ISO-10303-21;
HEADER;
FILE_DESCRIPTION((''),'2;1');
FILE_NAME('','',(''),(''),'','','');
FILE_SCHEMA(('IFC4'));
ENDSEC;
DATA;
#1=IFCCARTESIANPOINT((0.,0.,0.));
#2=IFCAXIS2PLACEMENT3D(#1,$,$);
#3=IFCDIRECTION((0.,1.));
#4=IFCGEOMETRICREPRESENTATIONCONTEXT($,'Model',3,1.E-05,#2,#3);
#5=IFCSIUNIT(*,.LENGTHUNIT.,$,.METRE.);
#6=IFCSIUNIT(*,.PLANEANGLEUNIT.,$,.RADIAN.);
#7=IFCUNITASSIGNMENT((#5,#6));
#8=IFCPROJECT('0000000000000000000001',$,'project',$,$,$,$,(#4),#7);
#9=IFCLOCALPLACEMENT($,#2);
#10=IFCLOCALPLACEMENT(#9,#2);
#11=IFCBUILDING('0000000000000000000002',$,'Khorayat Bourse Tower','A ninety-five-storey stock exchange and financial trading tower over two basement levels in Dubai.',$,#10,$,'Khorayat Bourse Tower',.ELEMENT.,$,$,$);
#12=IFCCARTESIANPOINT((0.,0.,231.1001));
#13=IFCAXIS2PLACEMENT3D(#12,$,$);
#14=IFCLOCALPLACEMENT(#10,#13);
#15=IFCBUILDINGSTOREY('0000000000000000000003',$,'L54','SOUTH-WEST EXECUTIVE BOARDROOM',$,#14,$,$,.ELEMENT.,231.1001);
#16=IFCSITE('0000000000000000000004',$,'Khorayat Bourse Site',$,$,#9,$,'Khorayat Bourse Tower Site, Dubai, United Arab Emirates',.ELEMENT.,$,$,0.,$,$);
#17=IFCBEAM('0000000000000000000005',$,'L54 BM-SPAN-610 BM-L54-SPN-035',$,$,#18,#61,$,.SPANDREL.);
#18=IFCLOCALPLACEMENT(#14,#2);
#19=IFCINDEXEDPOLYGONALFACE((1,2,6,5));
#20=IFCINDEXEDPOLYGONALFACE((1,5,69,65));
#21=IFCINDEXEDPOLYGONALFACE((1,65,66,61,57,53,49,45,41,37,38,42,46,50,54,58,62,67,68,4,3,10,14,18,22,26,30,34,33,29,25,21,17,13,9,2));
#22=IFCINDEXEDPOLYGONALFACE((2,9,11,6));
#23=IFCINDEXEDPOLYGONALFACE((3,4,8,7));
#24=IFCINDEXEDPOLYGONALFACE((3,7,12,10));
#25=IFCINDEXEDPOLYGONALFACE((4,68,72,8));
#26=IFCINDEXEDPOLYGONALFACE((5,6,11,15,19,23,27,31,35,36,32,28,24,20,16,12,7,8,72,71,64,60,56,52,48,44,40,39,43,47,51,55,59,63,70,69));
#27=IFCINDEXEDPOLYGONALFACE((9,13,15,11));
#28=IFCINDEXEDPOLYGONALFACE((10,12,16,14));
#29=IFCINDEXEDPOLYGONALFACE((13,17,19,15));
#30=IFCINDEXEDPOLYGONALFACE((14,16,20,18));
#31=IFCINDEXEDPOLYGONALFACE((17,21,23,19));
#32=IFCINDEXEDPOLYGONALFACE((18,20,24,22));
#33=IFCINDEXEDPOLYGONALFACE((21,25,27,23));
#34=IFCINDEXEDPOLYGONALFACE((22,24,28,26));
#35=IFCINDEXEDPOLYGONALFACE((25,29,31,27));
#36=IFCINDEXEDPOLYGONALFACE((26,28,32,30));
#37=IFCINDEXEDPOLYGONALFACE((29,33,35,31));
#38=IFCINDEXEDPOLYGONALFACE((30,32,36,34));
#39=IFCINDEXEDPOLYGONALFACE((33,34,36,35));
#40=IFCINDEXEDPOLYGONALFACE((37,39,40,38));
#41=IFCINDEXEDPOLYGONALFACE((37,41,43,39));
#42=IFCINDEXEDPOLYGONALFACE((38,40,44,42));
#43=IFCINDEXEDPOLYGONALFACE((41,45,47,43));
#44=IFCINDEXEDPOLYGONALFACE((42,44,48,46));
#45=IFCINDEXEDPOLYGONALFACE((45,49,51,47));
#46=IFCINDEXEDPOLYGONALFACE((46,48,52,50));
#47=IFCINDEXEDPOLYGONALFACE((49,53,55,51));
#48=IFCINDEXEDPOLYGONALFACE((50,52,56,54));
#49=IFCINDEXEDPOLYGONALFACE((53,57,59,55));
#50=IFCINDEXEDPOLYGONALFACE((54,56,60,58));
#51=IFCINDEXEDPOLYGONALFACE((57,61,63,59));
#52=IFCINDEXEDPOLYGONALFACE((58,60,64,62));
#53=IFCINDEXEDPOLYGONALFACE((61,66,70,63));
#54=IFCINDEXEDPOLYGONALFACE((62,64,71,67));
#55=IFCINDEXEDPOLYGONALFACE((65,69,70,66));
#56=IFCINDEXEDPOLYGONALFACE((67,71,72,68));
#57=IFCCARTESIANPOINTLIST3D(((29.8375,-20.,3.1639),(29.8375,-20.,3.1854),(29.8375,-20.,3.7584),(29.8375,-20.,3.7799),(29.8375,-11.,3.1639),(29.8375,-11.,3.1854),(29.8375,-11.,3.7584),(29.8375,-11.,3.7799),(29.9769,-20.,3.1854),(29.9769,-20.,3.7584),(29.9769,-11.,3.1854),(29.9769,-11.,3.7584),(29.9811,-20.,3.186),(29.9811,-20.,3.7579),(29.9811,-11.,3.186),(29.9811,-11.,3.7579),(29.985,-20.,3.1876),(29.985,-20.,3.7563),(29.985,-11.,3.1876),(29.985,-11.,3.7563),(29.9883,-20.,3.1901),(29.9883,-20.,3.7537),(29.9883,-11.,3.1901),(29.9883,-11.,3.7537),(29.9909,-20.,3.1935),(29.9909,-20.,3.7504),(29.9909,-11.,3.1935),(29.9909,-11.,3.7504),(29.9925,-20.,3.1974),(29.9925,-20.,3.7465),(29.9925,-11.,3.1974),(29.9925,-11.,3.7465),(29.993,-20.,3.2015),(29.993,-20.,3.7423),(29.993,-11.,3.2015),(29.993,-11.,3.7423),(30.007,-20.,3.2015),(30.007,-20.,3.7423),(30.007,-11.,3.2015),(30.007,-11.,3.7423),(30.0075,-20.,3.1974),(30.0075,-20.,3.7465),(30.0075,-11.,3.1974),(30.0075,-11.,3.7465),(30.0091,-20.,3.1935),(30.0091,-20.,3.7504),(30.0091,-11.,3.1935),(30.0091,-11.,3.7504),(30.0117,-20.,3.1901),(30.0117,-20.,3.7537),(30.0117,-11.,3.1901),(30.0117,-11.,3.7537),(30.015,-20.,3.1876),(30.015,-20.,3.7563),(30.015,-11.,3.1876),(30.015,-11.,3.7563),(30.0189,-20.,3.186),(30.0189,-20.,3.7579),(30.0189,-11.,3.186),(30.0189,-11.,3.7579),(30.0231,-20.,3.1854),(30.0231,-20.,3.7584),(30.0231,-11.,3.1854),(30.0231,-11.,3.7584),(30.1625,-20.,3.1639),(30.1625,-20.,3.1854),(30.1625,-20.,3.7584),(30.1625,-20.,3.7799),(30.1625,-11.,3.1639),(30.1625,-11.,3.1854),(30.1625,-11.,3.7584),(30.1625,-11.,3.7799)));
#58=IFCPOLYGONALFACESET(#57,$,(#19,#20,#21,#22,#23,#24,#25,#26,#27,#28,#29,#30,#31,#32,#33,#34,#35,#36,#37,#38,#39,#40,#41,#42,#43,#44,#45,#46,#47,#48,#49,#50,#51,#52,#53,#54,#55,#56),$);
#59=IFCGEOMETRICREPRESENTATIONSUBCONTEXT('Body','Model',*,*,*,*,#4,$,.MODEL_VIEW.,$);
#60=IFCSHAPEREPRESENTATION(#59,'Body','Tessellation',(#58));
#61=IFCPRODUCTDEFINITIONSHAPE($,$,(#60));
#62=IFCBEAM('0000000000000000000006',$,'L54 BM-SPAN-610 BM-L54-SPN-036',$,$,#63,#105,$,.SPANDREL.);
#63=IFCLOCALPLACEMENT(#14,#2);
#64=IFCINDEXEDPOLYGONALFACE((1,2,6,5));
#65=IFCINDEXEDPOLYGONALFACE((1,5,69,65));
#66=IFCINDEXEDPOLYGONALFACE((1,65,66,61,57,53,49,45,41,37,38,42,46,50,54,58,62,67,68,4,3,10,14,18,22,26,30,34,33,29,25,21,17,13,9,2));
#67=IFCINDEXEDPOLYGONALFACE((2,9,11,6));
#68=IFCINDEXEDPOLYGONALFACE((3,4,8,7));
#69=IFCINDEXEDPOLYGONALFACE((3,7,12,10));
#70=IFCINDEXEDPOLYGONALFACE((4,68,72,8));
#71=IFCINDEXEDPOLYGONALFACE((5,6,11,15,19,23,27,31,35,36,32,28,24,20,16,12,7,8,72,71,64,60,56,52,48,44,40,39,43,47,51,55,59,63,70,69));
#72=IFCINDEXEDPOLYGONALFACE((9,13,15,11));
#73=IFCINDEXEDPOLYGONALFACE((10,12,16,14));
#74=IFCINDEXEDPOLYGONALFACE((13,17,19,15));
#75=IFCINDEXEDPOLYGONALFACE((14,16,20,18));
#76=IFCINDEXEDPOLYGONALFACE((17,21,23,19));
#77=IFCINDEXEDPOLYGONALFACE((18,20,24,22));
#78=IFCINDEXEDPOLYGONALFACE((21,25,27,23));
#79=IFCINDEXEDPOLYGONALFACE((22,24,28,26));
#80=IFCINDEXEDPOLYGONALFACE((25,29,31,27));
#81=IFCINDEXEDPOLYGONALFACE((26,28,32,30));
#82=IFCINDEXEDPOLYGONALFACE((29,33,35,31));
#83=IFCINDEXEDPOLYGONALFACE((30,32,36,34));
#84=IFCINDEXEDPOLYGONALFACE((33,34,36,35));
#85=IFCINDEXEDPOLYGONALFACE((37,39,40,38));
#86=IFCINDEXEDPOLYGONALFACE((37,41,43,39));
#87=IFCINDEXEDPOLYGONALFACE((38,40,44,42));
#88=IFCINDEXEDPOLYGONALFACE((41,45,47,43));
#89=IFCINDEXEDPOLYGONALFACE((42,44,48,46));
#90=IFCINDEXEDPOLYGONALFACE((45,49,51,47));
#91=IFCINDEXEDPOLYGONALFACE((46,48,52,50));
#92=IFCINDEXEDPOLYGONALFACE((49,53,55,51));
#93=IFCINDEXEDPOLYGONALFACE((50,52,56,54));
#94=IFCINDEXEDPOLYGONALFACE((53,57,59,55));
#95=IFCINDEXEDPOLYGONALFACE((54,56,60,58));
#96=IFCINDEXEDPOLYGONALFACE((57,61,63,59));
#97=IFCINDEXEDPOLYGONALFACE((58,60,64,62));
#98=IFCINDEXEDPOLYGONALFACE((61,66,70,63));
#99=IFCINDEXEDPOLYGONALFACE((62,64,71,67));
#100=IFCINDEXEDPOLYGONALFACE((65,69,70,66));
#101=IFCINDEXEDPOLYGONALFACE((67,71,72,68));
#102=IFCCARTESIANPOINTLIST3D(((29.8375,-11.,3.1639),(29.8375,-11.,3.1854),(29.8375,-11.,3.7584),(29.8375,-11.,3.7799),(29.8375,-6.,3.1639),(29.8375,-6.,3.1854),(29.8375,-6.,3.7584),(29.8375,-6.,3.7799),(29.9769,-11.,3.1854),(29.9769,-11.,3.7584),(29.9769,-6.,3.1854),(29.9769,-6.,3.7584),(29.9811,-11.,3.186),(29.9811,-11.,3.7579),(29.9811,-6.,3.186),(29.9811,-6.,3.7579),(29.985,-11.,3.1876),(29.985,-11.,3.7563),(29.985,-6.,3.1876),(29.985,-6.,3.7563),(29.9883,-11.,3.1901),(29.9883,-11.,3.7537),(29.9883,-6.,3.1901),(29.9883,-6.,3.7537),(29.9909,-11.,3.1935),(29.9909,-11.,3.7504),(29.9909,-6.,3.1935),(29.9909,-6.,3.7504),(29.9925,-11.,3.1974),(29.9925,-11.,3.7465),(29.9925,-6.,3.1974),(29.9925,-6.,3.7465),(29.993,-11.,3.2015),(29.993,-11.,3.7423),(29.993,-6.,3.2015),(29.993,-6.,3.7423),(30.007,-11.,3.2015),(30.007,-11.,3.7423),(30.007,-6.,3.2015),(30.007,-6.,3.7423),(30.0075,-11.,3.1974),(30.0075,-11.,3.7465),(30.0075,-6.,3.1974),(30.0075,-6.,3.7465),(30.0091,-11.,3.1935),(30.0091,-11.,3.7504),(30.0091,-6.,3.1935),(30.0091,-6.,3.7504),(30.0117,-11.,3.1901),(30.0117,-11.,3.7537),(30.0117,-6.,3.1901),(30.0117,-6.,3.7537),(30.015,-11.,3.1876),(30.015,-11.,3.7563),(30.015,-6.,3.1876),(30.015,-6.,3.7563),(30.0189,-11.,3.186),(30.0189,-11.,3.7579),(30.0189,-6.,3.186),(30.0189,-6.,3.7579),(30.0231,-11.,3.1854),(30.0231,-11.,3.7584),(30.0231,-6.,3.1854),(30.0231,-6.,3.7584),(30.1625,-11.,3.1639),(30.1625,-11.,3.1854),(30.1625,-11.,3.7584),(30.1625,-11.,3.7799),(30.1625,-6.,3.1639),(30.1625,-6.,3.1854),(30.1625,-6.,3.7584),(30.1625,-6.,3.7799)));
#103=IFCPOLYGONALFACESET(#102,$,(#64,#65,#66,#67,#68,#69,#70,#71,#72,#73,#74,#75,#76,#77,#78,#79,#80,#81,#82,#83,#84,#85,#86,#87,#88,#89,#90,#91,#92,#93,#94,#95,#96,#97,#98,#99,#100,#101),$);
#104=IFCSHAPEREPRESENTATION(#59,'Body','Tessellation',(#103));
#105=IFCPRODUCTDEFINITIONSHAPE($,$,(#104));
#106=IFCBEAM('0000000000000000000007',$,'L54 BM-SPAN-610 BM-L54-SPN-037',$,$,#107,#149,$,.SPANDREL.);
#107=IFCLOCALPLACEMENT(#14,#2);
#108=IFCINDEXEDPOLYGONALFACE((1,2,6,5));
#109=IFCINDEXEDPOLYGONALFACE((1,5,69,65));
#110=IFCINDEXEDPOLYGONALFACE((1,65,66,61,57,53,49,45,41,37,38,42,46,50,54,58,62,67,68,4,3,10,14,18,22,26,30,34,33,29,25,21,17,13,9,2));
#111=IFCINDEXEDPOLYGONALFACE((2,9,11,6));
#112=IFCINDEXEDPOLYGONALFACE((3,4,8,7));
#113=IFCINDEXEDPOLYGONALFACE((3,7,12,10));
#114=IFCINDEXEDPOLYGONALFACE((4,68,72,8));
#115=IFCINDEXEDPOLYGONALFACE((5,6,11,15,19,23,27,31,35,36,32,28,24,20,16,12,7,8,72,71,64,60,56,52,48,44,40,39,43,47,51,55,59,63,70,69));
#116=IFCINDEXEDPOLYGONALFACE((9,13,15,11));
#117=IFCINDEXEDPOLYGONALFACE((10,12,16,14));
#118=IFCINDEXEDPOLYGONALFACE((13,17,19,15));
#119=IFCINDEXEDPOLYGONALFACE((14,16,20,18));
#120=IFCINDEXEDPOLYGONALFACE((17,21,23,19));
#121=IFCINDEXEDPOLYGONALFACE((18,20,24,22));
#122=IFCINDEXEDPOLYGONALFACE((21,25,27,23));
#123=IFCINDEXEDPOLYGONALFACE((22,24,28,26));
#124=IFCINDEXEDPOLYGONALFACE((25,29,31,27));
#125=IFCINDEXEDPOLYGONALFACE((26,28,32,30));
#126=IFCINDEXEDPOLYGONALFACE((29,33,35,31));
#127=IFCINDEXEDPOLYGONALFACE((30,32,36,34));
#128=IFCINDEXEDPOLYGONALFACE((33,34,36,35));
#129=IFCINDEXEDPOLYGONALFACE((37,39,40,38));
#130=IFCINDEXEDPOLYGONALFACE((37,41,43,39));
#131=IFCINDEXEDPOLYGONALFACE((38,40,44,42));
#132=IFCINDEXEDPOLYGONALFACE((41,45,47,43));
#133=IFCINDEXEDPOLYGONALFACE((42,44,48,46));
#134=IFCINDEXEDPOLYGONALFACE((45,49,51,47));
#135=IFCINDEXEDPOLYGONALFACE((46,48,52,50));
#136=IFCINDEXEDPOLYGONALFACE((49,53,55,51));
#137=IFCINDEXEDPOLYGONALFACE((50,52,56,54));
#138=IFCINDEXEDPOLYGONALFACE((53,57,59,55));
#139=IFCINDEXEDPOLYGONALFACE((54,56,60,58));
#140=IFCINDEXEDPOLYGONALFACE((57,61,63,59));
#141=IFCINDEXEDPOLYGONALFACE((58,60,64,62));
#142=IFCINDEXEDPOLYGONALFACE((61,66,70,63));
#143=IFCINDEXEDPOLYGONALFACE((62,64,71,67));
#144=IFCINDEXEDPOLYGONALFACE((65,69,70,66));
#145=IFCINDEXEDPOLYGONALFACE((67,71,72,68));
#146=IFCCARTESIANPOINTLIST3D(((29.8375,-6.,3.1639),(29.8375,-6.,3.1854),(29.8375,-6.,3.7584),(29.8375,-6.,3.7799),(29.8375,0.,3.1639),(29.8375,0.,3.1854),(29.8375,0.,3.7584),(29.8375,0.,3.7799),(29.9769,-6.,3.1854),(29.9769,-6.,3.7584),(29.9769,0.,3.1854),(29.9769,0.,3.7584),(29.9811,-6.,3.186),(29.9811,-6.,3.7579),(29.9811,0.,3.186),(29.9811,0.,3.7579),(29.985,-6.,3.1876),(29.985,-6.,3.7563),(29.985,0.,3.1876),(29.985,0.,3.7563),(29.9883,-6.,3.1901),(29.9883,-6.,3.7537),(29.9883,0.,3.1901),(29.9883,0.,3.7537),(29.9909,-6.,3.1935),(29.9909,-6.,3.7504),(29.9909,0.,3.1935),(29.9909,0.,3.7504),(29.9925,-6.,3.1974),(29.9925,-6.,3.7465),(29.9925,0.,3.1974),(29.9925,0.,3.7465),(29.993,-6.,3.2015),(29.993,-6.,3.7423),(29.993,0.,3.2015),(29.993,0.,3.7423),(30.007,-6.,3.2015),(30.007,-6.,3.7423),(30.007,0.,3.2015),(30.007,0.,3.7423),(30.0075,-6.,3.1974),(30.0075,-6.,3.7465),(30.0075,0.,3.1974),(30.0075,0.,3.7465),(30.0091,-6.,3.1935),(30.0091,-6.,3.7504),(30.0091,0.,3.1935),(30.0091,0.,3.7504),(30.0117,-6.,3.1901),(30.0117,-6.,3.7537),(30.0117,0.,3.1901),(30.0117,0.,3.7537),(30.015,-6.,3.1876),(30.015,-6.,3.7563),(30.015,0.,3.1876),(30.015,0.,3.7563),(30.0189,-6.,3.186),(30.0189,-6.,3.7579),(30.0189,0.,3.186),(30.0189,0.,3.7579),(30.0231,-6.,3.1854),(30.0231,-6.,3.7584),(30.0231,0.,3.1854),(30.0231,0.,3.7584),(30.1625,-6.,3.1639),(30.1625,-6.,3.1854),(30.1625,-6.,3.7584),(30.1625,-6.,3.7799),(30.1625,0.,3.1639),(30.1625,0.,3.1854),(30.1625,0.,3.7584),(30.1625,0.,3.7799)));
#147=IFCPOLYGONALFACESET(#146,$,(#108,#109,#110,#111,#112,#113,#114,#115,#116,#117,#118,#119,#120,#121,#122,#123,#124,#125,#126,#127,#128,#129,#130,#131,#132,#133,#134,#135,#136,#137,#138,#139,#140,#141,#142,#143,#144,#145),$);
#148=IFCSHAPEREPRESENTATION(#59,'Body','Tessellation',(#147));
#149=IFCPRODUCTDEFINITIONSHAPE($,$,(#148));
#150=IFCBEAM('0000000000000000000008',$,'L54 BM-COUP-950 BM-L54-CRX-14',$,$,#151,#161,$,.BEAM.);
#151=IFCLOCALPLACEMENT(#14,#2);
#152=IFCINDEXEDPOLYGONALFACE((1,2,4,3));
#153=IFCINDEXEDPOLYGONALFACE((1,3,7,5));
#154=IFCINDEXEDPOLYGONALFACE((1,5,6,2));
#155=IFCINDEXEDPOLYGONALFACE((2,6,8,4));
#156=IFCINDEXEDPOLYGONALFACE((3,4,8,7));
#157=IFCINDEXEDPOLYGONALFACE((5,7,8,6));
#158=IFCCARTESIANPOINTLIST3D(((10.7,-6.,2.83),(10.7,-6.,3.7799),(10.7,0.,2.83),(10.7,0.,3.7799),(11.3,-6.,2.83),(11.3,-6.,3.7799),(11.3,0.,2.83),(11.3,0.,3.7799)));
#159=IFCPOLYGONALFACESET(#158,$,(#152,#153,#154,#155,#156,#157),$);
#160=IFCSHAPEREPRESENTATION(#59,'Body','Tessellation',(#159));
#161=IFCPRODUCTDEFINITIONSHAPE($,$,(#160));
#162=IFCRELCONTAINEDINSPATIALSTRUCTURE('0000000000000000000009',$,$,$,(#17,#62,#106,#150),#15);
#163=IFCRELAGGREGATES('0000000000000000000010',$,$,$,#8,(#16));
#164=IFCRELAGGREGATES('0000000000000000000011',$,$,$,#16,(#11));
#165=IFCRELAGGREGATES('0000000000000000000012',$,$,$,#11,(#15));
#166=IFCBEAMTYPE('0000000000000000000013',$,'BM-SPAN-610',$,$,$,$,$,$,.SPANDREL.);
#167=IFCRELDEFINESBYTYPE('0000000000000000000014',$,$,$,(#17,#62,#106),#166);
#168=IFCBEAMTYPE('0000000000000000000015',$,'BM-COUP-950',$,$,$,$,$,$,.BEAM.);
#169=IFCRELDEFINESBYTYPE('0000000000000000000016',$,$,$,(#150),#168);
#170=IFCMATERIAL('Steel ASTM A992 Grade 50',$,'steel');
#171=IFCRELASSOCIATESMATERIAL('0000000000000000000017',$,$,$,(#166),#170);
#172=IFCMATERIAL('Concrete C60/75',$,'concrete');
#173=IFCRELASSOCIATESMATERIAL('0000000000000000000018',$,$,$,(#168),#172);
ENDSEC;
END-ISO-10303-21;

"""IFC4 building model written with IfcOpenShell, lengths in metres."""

from ifc_helpers import new_model, si_unit, direction, frame, origin, origin_2d, place, context, subcontext, project, spatial, rectangle, i_section, extrude, source, transform, mapped, material, material_profile, profile_set, type_object, element, save


model = new_model("IFC4")

# Units and contexts
model_context = context("Model", 3, precision=1e-05, world=origin(), true_north=direction((0.0, 1.0)))
body_context = subcontext(model_context, "Body", "Model", "MODEL_VIEW")
ifc_project = project(units=[si_unit("LENGTHUNIT", "METRE"), si_unit("PLANEANGLEUNIT", "RADIAN")], contexts=[model_context])

# Site, building, storey
site_placement = place(None, origin())
site = spatial("IfcSite", under=ifc_project, at=site_placement, Name="Khorayat Bourse Site", LongName="Khorayat Bourse Tower Site, Dubai, United Arab Emirates", CompositionType="ELEMENT", RefElevation=0.0)
building_placement = place(site_placement, origin())
building = spatial("IfcBuilding", under=site, at=building_placement, Name="Khorayat Bourse Tower", Description="A ninety-five-storey stock exchange and financial trading tower over two basement levels in Dubai.", LongName="Khorayat Bourse Tower", CompositionType="ELEMENT")
storey_placement = place(building_placement, frame((0.0, 0.0, 231.1001)))
storey = spatial("IfcBuildingStorey", under=building, at=storey_placement, Name="L54", Description="SOUTH-WEST EXECUTIVE BOARDROOM", CompositionType="ELEMENT", Elevation=231.1001)

# Beams
ifc_material_1 = material(Name="Steel ASTM A992 Grade 50", Category="steel")
ifc_material_profile_1 = material_profile(ifc_material_1, i_section(OverallWidth=0.325, OverallDepth=0.616, WebThickness=0.0139, FlangeThickness=0.0215, FilletRadius=0.0161, at=origin_2d()), Name="W610X174")
ifc_profile_set_1 = profile_set([ifc_material_profile_1], Name="Steel ASTM A992 Grade 50")
beam_type_1 = type_object("IfcBeamType", Name="BM-SPAN-610", PredefinedType="SPANDREL", material=ifc_profile_set_1)
shared_shape_1 = source(origin(), body_context, "Body", "SweptSolid", [
    extrude(i_section(OverallWidth=0.325, OverallDepth=0.616, WebThickness=0.0139, FlangeThickness=0.0215, FilletRadius=0.0161, at=origin_2d()), origin(), (0.0, 0.0, 1.0), 9.0),
])
beam_1_placement = place(storey_placement, frame((30.0, -20.0, 3.4719), z_axis=(0.0, 1.0, 0.0), x_axis=(-1.0, 0.0, 0.0)))
element("IfcBeam", 1, at=beam_1_placement, inside=storey, type_object=beam_type_1, Name="L54 BM-SPAN-610 BM-L54-SPN-035", PredefinedType="SPANDREL", context=body_context, shape_type="MappedRepresentation", body=[
    mapped(shared_shape_1, transform((0.0, 0.0, 0.0), scale=1.0)),
])
shared_shape_2 = source(origin(), body_context, "Body", "SweptSolid", [
    extrude(i_section(OverallWidth=0.325, OverallDepth=0.616, WebThickness=0.0139, FlangeThickness=0.0215, FilletRadius=0.0161, at=origin_2d()), origin(), (0.0, 0.0, 1.0), 5.0),
])
beam_2_placement = place(storey_placement, frame((30.0, -11.0, 3.4719), z_axis=(0.0, 1.0, 0.0), x_axis=(-1.0, 0.0, 0.0)))
element("IfcBeam", 2, at=beam_2_placement, inside=storey, type_object=beam_type_1, Name="L54 BM-SPAN-610 BM-L54-SPN-036", PredefinedType="SPANDREL", context=body_context, shape_type="MappedRepresentation", body=[
    mapped(shared_shape_2, transform((0.0, 0.0, 0.0), scale=1.0)),
])
shared_shape_3 = source(origin(), body_context, "Body", "SweptSolid", [
    extrude(i_section(OverallWidth=0.325, OverallDepth=0.616, WebThickness=0.0139, FlangeThickness=0.0215, FilletRadius=0.0161, at=origin_2d()), origin(), (0.0, 0.0, 1.0), 6.0),
])
beam_3_placement = place(storey_placement, frame((30.0, -6.0, 3.4719), z_axis=(0.0, 1.0, 0.0), x_axis=(-1.0, 0.0, 0.0)))
element("IfcBeam", 3, at=beam_3_placement, inside=storey, type_object=beam_type_1, Name="L54 BM-SPAN-610 BM-L54-SPN-037", PredefinedType="SPANDREL", context=body_context, shape_type="MappedRepresentation", body=[
    mapped(shared_shape_3, transform((0.0, 0.0, 0.0), scale=1.0)),
])
ifc_material_2 = material(Name="Concrete C60/75", Category="concrete")
ifc_material_profile_2 = material_profile(ifc_material_2, rectangle(XDim=0.6001, YDim=0.95, at=origin_2d()), Name="RC 600x950")
ifc_profile_set_2 = profile_set([ifc_material_profile_2], Name="Concrete C60/75")
beam_type_2 = type_object("IfcBeamType", Name="BM-COUP-950", PredefinedType="BEAM", material=ifc_profile_set_2)
shared_shape_4 = source(origin(), body_context, "Body", "SweptSolid", [
    extrude(rectangle(XDim=0.6001, YDim=0.95, at=origin_2d()), origin(), (0.0, 0.0, 1.0), 6.0),
])
beam_4_placement = place(storey_placement, frame((11.0, -6.0, 3.3049), z_axis=(0.0, 1.0, 0.0), x_axis=(-1.0, 0.0, 0.0)))
element("IfcBeam", 4, at=beam_4_placement, inside=storey, type_object=beam_type_2, Name="L54 BM-COUP-950 BM-L54-CRX-14", PredefinedType="BEAM", context=body_context, shape_type="MappedRepresentation", body=[
    mapped(shared_shape_4, transform((0.0, 0.0, 0.0), scale=1.0)),
])

save(model, "model.ifc")
